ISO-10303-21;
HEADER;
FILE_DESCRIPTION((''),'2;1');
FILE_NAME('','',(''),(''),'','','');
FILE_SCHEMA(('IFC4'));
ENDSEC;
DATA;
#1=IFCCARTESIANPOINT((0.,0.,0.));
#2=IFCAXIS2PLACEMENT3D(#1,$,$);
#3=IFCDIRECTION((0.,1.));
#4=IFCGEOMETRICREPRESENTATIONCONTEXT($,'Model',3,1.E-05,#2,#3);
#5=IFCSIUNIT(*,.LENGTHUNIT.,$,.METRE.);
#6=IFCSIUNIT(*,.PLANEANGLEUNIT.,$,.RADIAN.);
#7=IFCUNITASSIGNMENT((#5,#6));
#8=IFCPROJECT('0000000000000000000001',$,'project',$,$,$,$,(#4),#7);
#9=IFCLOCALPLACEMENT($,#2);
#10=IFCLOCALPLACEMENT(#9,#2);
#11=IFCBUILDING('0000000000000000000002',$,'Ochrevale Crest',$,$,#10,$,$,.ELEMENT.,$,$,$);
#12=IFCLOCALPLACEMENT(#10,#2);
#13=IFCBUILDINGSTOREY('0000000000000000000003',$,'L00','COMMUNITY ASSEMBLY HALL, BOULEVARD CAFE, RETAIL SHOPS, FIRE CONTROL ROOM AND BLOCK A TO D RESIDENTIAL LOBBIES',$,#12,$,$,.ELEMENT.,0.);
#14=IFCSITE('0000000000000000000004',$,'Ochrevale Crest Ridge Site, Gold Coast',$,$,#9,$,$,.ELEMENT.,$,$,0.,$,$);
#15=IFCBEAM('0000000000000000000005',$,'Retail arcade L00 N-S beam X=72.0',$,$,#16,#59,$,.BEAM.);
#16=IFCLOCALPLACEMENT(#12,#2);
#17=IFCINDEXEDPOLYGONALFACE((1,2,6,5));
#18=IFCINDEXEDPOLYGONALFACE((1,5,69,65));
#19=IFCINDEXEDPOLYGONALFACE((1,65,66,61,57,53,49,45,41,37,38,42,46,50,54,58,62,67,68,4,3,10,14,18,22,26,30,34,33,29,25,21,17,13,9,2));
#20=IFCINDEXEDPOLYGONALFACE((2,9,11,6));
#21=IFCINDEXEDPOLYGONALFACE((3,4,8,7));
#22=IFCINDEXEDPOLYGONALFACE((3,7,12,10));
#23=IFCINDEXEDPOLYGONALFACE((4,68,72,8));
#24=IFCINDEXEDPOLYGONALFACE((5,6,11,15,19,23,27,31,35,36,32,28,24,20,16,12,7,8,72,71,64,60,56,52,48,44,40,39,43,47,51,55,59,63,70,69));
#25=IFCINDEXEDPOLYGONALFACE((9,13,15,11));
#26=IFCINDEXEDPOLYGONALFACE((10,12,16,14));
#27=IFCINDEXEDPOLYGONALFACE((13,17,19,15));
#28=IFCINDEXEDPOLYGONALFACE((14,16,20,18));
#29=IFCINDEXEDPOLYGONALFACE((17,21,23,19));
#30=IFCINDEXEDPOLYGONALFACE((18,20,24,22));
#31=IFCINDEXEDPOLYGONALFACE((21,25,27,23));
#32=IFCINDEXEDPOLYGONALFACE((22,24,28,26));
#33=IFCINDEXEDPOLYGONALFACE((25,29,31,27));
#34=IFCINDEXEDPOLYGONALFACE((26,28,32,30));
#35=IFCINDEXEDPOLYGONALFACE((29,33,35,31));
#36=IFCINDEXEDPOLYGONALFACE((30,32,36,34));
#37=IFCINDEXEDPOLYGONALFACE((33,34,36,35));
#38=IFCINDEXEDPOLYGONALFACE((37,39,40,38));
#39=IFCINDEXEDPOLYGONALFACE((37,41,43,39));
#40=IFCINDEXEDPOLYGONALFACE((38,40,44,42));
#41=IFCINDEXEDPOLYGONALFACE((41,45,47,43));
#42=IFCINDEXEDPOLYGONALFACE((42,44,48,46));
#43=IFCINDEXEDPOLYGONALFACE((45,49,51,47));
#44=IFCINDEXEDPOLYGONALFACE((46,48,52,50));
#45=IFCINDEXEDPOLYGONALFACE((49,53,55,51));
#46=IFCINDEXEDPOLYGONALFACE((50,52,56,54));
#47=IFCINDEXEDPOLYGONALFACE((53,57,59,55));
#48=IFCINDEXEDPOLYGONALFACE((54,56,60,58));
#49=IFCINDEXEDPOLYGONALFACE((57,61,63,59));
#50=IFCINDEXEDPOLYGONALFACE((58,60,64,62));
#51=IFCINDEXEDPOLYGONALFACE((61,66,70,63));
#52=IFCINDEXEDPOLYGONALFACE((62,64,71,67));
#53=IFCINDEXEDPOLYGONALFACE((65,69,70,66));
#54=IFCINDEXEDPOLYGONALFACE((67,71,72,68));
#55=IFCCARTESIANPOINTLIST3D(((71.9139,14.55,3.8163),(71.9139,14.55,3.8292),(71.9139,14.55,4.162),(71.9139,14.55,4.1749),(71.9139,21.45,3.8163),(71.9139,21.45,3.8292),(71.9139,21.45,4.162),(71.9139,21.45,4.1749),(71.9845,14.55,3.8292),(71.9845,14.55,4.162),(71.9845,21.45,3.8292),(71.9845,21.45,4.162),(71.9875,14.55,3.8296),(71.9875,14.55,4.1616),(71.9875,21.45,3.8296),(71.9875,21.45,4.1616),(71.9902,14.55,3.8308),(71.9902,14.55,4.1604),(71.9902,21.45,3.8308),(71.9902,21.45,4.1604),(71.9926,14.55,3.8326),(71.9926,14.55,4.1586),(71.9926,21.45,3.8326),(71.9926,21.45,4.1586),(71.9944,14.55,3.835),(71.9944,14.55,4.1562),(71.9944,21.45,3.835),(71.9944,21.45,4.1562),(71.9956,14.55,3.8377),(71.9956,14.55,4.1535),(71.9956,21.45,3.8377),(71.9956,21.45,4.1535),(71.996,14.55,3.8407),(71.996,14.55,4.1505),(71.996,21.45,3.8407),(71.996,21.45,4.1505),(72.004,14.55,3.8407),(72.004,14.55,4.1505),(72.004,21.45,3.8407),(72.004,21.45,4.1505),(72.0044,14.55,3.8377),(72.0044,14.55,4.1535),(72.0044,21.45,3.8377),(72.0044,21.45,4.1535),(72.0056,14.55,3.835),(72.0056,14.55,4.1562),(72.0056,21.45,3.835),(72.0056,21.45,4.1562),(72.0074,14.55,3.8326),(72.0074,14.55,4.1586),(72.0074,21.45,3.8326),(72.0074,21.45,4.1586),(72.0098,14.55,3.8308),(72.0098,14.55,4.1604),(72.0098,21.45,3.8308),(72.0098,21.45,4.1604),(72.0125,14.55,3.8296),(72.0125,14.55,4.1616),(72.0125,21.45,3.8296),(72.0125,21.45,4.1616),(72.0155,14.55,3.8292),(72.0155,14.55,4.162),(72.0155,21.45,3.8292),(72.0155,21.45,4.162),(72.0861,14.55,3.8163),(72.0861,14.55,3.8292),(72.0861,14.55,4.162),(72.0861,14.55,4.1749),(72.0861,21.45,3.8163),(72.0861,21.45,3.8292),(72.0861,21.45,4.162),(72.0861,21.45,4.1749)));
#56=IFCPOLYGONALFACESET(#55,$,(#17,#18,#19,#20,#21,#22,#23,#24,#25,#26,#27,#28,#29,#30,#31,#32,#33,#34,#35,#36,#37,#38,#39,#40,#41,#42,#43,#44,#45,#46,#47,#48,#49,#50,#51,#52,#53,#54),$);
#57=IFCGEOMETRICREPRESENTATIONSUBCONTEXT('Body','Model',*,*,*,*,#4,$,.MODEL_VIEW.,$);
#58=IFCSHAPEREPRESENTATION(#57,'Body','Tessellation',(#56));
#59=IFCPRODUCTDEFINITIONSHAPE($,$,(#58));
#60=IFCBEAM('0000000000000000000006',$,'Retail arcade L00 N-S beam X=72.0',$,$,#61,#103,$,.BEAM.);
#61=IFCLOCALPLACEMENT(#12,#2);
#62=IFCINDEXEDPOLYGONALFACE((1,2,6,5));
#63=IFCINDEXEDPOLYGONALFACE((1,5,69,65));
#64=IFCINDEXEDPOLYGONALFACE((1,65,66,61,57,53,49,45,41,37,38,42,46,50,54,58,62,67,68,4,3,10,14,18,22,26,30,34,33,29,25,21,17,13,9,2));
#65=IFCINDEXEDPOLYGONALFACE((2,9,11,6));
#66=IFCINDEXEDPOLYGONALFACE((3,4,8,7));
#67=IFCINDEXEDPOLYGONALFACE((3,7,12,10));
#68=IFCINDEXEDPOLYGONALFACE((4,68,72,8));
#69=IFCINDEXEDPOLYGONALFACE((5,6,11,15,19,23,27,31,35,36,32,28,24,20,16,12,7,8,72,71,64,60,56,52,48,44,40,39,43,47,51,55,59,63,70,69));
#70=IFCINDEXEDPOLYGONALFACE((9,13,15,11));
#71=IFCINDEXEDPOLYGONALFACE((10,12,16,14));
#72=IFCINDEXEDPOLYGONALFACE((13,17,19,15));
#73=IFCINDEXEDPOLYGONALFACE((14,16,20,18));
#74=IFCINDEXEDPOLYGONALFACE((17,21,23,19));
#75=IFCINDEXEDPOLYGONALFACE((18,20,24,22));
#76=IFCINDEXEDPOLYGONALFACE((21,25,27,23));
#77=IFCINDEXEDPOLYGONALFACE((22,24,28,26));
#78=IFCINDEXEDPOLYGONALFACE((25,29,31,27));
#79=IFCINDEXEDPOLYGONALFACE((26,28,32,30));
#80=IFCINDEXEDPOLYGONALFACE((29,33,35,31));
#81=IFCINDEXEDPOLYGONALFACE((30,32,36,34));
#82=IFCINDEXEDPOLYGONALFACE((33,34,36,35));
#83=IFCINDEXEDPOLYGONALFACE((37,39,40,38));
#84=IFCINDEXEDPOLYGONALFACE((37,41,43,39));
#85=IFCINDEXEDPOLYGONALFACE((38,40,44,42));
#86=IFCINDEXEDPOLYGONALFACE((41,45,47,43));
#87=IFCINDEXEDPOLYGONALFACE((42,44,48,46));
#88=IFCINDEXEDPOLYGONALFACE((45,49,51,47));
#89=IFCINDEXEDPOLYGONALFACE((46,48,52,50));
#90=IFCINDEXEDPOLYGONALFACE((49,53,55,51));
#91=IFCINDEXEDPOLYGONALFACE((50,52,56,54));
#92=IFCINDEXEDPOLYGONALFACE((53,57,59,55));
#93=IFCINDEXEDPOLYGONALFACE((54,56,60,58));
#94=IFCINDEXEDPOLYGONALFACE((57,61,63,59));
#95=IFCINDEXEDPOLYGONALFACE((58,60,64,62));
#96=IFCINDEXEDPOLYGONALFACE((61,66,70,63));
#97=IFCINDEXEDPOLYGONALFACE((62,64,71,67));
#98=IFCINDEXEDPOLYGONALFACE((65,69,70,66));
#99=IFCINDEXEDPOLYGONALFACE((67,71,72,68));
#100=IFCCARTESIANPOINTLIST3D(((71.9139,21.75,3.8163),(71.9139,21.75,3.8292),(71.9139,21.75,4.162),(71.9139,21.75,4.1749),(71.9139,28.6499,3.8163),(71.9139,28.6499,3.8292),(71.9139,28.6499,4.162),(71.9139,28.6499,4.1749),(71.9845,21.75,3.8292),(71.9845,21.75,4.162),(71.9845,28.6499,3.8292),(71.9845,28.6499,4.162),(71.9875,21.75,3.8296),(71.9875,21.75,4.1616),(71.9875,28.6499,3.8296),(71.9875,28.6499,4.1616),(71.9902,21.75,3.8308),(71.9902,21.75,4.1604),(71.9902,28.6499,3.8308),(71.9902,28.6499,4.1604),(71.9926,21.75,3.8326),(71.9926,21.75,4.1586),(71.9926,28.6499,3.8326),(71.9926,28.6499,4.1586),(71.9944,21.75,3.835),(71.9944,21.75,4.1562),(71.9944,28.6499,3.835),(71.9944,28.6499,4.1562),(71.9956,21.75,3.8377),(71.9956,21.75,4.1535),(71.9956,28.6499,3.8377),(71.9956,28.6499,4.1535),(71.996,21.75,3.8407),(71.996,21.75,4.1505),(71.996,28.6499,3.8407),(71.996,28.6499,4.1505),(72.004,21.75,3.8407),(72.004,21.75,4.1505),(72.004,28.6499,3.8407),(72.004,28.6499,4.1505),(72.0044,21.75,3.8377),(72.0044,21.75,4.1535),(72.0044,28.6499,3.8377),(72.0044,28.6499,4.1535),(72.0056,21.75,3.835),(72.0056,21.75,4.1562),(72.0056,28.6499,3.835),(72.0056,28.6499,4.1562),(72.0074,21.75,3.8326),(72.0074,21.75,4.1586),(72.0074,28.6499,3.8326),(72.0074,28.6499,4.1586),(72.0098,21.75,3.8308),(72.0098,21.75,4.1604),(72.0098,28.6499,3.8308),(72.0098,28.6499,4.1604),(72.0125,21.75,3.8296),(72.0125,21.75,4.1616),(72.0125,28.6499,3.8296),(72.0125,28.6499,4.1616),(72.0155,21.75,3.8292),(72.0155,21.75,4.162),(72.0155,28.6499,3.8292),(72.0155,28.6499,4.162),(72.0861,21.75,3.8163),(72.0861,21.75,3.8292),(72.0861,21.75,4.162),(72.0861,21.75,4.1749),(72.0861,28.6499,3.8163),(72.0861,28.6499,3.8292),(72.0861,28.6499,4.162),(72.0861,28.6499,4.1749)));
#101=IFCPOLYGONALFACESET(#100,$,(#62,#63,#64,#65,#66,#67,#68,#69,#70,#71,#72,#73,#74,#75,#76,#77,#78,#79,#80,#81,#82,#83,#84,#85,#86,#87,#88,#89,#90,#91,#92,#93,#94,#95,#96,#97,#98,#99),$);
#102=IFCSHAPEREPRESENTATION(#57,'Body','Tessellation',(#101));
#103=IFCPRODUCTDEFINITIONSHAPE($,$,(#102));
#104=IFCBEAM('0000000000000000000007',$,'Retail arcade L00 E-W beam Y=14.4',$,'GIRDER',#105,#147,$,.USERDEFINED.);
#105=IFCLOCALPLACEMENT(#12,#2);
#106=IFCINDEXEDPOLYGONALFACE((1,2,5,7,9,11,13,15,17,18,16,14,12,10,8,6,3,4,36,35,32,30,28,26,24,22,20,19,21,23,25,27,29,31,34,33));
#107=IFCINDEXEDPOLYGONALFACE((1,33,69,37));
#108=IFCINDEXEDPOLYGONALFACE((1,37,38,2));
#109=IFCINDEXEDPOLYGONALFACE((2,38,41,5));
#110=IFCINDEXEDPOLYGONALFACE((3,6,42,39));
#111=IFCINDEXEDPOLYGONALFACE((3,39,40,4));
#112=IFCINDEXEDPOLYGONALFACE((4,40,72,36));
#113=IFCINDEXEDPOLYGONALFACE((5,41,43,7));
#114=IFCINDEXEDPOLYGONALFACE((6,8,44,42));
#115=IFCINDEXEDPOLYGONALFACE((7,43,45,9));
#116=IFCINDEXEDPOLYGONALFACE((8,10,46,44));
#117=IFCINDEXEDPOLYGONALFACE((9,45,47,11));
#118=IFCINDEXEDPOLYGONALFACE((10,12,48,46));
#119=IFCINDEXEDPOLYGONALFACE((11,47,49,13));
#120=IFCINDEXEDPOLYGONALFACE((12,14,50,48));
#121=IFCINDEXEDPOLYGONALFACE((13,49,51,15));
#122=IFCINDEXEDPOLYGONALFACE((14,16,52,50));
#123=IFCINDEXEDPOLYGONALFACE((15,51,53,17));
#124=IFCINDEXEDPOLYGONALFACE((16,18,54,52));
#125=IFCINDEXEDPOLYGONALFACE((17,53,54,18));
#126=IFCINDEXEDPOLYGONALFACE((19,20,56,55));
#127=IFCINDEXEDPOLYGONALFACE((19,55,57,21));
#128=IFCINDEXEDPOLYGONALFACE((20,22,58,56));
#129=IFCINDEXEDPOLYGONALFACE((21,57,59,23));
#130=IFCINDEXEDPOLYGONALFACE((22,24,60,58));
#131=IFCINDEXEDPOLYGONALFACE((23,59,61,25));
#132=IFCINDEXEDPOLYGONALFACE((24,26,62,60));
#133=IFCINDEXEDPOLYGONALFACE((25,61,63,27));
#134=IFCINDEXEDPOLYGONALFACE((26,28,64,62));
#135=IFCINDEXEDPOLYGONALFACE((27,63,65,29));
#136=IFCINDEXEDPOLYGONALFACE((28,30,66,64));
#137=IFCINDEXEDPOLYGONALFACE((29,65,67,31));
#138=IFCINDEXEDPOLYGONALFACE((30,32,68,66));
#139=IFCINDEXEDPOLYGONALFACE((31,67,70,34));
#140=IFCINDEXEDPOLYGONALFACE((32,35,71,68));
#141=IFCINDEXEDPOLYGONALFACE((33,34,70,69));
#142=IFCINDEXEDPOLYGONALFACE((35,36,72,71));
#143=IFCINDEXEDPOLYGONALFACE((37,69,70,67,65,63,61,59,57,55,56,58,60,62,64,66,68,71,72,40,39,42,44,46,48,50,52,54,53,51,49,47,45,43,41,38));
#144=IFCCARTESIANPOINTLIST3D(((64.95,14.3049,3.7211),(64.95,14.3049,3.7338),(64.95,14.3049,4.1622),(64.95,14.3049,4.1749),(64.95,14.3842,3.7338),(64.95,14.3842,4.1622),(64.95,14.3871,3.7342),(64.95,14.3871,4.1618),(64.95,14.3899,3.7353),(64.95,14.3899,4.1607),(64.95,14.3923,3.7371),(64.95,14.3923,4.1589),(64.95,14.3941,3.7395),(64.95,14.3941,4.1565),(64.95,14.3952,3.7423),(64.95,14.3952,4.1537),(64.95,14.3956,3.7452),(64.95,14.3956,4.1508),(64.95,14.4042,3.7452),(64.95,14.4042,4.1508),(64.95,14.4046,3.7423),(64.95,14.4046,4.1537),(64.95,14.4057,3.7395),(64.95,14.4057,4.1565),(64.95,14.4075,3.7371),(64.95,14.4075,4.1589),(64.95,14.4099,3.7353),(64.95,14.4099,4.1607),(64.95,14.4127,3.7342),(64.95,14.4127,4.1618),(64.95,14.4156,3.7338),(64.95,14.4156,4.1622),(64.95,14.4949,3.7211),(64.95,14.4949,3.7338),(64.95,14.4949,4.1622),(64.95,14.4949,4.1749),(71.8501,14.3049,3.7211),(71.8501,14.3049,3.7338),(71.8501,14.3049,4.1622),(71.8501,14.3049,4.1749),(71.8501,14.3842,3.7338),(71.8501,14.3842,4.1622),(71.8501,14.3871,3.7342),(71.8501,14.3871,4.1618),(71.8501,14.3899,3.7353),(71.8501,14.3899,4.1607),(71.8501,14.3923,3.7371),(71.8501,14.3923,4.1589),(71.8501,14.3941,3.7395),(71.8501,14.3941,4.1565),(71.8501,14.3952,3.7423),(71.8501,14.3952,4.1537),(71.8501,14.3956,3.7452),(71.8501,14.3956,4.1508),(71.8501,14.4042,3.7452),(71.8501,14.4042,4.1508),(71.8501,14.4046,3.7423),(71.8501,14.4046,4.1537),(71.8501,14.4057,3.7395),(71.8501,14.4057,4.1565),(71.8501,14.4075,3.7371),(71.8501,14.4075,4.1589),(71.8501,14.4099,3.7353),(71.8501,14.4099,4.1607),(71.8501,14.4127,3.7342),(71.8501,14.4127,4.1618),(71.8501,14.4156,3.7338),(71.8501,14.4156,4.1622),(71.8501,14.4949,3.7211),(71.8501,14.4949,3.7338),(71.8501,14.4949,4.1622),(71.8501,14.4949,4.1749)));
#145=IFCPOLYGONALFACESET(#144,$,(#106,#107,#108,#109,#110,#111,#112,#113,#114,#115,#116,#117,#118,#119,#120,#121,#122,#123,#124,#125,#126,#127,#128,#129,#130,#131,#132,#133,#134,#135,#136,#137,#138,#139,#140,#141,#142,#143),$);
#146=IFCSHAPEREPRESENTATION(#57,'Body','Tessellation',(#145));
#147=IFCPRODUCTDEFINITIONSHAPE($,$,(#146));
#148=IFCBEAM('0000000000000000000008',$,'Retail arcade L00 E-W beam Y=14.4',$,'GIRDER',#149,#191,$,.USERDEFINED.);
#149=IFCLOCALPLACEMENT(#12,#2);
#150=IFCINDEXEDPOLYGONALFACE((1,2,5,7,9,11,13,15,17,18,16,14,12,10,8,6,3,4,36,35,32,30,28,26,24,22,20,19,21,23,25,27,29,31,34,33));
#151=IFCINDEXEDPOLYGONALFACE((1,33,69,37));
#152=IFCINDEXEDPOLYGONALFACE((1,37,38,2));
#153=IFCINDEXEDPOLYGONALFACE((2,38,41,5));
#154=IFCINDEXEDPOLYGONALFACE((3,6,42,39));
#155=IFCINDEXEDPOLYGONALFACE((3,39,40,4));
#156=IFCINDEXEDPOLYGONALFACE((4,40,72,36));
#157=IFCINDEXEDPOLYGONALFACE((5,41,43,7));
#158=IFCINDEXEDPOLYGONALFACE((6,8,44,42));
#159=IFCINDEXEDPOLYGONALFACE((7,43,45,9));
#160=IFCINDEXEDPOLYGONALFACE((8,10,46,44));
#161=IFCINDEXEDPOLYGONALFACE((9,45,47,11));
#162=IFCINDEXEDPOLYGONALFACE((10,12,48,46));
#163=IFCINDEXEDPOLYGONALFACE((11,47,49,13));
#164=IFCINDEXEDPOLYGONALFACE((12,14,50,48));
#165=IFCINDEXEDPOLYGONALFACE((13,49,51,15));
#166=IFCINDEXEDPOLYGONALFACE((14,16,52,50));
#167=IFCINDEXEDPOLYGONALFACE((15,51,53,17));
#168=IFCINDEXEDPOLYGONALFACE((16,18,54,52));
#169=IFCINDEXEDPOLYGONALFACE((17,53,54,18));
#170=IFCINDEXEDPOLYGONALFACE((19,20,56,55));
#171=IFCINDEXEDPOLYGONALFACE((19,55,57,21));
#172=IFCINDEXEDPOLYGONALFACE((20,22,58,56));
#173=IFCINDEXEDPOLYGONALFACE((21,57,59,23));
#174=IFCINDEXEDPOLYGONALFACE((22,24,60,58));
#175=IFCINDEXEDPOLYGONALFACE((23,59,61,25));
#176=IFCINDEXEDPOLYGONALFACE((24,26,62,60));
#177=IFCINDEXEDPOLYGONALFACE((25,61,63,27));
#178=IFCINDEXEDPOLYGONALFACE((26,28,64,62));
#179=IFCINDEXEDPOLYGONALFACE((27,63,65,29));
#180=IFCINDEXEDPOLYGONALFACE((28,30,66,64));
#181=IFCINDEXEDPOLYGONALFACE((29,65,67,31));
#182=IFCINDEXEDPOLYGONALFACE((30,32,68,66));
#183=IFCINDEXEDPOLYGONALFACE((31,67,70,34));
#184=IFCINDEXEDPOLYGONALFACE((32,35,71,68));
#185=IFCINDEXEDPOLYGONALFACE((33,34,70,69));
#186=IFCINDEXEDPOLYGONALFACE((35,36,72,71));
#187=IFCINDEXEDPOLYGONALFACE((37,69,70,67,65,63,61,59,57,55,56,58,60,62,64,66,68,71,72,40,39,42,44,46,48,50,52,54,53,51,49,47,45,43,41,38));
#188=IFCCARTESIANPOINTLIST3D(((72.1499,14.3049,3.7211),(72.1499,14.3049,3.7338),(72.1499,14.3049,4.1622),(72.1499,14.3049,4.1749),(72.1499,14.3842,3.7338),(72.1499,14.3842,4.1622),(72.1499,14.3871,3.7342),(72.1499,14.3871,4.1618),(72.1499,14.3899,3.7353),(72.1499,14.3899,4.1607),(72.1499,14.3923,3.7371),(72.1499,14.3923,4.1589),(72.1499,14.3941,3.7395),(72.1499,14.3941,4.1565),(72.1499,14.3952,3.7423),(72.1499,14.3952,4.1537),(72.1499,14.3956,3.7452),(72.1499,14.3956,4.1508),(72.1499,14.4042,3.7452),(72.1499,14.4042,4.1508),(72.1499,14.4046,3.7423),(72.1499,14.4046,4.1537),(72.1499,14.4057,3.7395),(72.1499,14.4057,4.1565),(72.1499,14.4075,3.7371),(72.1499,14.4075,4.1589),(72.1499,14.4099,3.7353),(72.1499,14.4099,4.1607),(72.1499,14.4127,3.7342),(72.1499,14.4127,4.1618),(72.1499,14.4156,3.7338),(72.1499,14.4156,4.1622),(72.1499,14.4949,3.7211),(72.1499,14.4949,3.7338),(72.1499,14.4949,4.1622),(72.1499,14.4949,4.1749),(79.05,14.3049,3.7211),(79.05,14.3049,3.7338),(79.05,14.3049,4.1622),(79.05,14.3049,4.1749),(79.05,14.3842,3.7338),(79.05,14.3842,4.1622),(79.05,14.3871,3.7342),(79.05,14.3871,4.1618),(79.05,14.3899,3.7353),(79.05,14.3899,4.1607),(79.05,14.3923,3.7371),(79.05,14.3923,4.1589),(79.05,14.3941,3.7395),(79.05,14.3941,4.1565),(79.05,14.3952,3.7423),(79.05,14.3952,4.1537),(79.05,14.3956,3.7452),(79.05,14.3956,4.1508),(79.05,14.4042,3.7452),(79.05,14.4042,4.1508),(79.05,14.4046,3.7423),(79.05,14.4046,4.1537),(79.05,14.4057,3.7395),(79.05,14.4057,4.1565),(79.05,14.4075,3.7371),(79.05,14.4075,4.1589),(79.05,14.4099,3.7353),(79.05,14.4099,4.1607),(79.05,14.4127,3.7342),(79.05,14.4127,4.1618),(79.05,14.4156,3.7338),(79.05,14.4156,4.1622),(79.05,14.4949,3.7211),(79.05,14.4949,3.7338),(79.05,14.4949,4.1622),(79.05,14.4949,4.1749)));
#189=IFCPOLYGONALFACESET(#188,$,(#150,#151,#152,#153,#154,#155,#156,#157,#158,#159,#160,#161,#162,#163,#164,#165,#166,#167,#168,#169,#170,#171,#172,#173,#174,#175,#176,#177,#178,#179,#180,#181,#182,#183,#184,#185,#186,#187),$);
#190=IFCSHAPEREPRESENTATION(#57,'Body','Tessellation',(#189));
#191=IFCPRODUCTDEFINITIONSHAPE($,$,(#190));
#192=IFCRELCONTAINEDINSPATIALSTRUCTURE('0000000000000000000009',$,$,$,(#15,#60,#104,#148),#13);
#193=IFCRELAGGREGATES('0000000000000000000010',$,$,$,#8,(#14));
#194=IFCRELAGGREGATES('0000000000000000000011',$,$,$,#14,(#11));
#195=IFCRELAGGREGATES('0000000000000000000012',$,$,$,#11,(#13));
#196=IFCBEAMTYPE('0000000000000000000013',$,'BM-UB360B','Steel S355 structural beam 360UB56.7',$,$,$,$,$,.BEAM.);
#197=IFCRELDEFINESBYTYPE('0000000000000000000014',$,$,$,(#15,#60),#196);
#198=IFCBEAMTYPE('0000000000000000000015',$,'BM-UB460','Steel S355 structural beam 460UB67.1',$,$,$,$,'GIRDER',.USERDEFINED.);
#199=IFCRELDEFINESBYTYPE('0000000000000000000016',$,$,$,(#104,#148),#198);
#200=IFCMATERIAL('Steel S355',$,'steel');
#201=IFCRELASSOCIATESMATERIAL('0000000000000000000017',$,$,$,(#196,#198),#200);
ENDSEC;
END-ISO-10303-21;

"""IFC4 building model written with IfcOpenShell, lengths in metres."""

from ifc_helpers import new_model, si_unit, direction, frame, origin, origin_2d, place, context, subcontext, project, spatial, i_section, extrude, material, material_profile, profile_set, type_object, element, save


model = new_model("IFC4")

# Units and contexts
model_context = context("Model", 3, precision=1e-05, world=origin(), true_north=direction((0.0, 1.0)))
body_context = subcontext(model_context, "Body", "Model", "MODEL_VIEW")
ifc_project = project(units=[si_unit("LENGTHUNIT", "METRE"), si_unit("PLANEANGLEUNIT", "RADIAN")], contexts=[model_context])

# Site, building, storey
site_placement = place(None, origin())
site = spatial("IfcSite", under=ifc_project, at=site_placement, Name="Ochrevale Crest Ridge Site, Gold Coast", CompositionType="ELEMENT", RefElevation=0.0)
building_placement = place(site_placement, origin())
building = spatial("IfcBuilding", under=site, at=building_placement, Name="Ochrevale Crest", CompositionType="ELEMENT")
storey_placement = place(building_placement, origin())
storey = spatial("IfcBuildingStorey", under=building, at=storey_placement, Name="L00", Description="COMMUNITY ASSEMBLY HALL, BOULEVARD CAFE, RETAIL SHOPS, FIRE CONTROL ROOM AND BLOCK A TO D RESIDENTIAL LOBBIES", CompositionType="ELEMENT", Elevation=0.0)

# Shared definitions
ifc_material_1 = material(Name="Steel S355", Category="steel")

# Beams
ifc_material_profile_1 = material_profile(ifc_material_1, i_section(OverallWidth=0.1721, OverallDepth=0.3586, WebThickness=0.0081, FlangeThickness=0.0129, FilletRadius=0.0115, at=origin_2d()), Name="360UB56.7")
ifc_profile_set_1 = profile_set([ifc_material_profile_1], Name="Steel S355")
beam_type_1 = type_object("IfcBeamType", Name="BM-UB360B", Description="Steel S355 structural beam 360UB56.7", PredefinedType="BEAM", material=ifc_profile_set_1)
for number, where, z_axis, x_axis, name in (
    (1, (72.0, 14.55, 3.9956), (0.0, 1.0, 0.0), (-1.0, 0.0, 0.0), "Retail arcade L00 N-S beam X=72.0"),
    (2, (72.0, 21.75, 3.9956), (0.0, 1.0, 0.0), (-1.0, 0.0, 0.0), "Retail arcade L00 N-S beam X=72.0"),
):
    element("IfcBeam", number, at=place(storey_placement, frame(where, z_axis=z_axis, x_axis=x_axis)), inside=storey, type_object=beam_type_1, Name=name, PredefinedType="BEAM", context=body_context, shape_type="SweptSolid", body=[
        extrude(i_section(OverallWidth=0.1721, OverallDepth=0.3586, WebThickness=0.0081, FlangeThickness=0.0129, FilletRadius=0.0115, at=origin_2d()), origin(), (0.0, 0.0, 1.0), 6.8999),
    ])
ifc_material_profile_2 = material_profile(ifc_material_1, i_section(OverallWidth=0.1899, OverallDepth=0.4539, WebThickness=0.0085, FlangeThickness=0.0127, FilletRadius=0.0115, at=origin_2d()), Name="460UB67.1")
ifc_profile_set_2 = profile_set([ifc_material_profile_2], Name="Steel S355")
beam_type_2 = type_object("IfcBeamType", Name="BM-UB460", Description="Steel S355 structural beam 460UB67.1", ElementType="GIRDER", PredefinedType="USERDEFINED", material=ifc_profile_set_2)
for number, where, z_axis, x_axis, name in (
    (3, (64.95, 14.3999, 3.948), (1.0, 0.0, 0.0), (0.0, 1.0, 0.0), "Retail arcade L00 E-W beam Y=14.4"),
    (4, (72.1499, 14.3999, 3.948), (1.0, 0.0, 0.0), (0.0, 1.0, 0.0), "Retail arcade L00 E-W beam Y=14.4"),
):
    element("IfcBeam", number, at=place(storey_placement, frame(where, z_axis=z_axis, x_axis=x_axis)), inside=storey, type_object=beam_type_2, Name=name, ObjectType="GIRDER", PredefinedType="USERDEFINED", context=body_context, shape_type="SweptSolid", body=[
        extrude(i_section(OverallWidth=0.1899, OverallDepth=0.4539, WebThickness=0.0085, FlangeThickness=0.0127, FilletRadius=0.0115, at=origin_2d()), origin(), (0.0, 0.0, 1.0), 6.9001),
    ])

save(model, "model.ifc")
